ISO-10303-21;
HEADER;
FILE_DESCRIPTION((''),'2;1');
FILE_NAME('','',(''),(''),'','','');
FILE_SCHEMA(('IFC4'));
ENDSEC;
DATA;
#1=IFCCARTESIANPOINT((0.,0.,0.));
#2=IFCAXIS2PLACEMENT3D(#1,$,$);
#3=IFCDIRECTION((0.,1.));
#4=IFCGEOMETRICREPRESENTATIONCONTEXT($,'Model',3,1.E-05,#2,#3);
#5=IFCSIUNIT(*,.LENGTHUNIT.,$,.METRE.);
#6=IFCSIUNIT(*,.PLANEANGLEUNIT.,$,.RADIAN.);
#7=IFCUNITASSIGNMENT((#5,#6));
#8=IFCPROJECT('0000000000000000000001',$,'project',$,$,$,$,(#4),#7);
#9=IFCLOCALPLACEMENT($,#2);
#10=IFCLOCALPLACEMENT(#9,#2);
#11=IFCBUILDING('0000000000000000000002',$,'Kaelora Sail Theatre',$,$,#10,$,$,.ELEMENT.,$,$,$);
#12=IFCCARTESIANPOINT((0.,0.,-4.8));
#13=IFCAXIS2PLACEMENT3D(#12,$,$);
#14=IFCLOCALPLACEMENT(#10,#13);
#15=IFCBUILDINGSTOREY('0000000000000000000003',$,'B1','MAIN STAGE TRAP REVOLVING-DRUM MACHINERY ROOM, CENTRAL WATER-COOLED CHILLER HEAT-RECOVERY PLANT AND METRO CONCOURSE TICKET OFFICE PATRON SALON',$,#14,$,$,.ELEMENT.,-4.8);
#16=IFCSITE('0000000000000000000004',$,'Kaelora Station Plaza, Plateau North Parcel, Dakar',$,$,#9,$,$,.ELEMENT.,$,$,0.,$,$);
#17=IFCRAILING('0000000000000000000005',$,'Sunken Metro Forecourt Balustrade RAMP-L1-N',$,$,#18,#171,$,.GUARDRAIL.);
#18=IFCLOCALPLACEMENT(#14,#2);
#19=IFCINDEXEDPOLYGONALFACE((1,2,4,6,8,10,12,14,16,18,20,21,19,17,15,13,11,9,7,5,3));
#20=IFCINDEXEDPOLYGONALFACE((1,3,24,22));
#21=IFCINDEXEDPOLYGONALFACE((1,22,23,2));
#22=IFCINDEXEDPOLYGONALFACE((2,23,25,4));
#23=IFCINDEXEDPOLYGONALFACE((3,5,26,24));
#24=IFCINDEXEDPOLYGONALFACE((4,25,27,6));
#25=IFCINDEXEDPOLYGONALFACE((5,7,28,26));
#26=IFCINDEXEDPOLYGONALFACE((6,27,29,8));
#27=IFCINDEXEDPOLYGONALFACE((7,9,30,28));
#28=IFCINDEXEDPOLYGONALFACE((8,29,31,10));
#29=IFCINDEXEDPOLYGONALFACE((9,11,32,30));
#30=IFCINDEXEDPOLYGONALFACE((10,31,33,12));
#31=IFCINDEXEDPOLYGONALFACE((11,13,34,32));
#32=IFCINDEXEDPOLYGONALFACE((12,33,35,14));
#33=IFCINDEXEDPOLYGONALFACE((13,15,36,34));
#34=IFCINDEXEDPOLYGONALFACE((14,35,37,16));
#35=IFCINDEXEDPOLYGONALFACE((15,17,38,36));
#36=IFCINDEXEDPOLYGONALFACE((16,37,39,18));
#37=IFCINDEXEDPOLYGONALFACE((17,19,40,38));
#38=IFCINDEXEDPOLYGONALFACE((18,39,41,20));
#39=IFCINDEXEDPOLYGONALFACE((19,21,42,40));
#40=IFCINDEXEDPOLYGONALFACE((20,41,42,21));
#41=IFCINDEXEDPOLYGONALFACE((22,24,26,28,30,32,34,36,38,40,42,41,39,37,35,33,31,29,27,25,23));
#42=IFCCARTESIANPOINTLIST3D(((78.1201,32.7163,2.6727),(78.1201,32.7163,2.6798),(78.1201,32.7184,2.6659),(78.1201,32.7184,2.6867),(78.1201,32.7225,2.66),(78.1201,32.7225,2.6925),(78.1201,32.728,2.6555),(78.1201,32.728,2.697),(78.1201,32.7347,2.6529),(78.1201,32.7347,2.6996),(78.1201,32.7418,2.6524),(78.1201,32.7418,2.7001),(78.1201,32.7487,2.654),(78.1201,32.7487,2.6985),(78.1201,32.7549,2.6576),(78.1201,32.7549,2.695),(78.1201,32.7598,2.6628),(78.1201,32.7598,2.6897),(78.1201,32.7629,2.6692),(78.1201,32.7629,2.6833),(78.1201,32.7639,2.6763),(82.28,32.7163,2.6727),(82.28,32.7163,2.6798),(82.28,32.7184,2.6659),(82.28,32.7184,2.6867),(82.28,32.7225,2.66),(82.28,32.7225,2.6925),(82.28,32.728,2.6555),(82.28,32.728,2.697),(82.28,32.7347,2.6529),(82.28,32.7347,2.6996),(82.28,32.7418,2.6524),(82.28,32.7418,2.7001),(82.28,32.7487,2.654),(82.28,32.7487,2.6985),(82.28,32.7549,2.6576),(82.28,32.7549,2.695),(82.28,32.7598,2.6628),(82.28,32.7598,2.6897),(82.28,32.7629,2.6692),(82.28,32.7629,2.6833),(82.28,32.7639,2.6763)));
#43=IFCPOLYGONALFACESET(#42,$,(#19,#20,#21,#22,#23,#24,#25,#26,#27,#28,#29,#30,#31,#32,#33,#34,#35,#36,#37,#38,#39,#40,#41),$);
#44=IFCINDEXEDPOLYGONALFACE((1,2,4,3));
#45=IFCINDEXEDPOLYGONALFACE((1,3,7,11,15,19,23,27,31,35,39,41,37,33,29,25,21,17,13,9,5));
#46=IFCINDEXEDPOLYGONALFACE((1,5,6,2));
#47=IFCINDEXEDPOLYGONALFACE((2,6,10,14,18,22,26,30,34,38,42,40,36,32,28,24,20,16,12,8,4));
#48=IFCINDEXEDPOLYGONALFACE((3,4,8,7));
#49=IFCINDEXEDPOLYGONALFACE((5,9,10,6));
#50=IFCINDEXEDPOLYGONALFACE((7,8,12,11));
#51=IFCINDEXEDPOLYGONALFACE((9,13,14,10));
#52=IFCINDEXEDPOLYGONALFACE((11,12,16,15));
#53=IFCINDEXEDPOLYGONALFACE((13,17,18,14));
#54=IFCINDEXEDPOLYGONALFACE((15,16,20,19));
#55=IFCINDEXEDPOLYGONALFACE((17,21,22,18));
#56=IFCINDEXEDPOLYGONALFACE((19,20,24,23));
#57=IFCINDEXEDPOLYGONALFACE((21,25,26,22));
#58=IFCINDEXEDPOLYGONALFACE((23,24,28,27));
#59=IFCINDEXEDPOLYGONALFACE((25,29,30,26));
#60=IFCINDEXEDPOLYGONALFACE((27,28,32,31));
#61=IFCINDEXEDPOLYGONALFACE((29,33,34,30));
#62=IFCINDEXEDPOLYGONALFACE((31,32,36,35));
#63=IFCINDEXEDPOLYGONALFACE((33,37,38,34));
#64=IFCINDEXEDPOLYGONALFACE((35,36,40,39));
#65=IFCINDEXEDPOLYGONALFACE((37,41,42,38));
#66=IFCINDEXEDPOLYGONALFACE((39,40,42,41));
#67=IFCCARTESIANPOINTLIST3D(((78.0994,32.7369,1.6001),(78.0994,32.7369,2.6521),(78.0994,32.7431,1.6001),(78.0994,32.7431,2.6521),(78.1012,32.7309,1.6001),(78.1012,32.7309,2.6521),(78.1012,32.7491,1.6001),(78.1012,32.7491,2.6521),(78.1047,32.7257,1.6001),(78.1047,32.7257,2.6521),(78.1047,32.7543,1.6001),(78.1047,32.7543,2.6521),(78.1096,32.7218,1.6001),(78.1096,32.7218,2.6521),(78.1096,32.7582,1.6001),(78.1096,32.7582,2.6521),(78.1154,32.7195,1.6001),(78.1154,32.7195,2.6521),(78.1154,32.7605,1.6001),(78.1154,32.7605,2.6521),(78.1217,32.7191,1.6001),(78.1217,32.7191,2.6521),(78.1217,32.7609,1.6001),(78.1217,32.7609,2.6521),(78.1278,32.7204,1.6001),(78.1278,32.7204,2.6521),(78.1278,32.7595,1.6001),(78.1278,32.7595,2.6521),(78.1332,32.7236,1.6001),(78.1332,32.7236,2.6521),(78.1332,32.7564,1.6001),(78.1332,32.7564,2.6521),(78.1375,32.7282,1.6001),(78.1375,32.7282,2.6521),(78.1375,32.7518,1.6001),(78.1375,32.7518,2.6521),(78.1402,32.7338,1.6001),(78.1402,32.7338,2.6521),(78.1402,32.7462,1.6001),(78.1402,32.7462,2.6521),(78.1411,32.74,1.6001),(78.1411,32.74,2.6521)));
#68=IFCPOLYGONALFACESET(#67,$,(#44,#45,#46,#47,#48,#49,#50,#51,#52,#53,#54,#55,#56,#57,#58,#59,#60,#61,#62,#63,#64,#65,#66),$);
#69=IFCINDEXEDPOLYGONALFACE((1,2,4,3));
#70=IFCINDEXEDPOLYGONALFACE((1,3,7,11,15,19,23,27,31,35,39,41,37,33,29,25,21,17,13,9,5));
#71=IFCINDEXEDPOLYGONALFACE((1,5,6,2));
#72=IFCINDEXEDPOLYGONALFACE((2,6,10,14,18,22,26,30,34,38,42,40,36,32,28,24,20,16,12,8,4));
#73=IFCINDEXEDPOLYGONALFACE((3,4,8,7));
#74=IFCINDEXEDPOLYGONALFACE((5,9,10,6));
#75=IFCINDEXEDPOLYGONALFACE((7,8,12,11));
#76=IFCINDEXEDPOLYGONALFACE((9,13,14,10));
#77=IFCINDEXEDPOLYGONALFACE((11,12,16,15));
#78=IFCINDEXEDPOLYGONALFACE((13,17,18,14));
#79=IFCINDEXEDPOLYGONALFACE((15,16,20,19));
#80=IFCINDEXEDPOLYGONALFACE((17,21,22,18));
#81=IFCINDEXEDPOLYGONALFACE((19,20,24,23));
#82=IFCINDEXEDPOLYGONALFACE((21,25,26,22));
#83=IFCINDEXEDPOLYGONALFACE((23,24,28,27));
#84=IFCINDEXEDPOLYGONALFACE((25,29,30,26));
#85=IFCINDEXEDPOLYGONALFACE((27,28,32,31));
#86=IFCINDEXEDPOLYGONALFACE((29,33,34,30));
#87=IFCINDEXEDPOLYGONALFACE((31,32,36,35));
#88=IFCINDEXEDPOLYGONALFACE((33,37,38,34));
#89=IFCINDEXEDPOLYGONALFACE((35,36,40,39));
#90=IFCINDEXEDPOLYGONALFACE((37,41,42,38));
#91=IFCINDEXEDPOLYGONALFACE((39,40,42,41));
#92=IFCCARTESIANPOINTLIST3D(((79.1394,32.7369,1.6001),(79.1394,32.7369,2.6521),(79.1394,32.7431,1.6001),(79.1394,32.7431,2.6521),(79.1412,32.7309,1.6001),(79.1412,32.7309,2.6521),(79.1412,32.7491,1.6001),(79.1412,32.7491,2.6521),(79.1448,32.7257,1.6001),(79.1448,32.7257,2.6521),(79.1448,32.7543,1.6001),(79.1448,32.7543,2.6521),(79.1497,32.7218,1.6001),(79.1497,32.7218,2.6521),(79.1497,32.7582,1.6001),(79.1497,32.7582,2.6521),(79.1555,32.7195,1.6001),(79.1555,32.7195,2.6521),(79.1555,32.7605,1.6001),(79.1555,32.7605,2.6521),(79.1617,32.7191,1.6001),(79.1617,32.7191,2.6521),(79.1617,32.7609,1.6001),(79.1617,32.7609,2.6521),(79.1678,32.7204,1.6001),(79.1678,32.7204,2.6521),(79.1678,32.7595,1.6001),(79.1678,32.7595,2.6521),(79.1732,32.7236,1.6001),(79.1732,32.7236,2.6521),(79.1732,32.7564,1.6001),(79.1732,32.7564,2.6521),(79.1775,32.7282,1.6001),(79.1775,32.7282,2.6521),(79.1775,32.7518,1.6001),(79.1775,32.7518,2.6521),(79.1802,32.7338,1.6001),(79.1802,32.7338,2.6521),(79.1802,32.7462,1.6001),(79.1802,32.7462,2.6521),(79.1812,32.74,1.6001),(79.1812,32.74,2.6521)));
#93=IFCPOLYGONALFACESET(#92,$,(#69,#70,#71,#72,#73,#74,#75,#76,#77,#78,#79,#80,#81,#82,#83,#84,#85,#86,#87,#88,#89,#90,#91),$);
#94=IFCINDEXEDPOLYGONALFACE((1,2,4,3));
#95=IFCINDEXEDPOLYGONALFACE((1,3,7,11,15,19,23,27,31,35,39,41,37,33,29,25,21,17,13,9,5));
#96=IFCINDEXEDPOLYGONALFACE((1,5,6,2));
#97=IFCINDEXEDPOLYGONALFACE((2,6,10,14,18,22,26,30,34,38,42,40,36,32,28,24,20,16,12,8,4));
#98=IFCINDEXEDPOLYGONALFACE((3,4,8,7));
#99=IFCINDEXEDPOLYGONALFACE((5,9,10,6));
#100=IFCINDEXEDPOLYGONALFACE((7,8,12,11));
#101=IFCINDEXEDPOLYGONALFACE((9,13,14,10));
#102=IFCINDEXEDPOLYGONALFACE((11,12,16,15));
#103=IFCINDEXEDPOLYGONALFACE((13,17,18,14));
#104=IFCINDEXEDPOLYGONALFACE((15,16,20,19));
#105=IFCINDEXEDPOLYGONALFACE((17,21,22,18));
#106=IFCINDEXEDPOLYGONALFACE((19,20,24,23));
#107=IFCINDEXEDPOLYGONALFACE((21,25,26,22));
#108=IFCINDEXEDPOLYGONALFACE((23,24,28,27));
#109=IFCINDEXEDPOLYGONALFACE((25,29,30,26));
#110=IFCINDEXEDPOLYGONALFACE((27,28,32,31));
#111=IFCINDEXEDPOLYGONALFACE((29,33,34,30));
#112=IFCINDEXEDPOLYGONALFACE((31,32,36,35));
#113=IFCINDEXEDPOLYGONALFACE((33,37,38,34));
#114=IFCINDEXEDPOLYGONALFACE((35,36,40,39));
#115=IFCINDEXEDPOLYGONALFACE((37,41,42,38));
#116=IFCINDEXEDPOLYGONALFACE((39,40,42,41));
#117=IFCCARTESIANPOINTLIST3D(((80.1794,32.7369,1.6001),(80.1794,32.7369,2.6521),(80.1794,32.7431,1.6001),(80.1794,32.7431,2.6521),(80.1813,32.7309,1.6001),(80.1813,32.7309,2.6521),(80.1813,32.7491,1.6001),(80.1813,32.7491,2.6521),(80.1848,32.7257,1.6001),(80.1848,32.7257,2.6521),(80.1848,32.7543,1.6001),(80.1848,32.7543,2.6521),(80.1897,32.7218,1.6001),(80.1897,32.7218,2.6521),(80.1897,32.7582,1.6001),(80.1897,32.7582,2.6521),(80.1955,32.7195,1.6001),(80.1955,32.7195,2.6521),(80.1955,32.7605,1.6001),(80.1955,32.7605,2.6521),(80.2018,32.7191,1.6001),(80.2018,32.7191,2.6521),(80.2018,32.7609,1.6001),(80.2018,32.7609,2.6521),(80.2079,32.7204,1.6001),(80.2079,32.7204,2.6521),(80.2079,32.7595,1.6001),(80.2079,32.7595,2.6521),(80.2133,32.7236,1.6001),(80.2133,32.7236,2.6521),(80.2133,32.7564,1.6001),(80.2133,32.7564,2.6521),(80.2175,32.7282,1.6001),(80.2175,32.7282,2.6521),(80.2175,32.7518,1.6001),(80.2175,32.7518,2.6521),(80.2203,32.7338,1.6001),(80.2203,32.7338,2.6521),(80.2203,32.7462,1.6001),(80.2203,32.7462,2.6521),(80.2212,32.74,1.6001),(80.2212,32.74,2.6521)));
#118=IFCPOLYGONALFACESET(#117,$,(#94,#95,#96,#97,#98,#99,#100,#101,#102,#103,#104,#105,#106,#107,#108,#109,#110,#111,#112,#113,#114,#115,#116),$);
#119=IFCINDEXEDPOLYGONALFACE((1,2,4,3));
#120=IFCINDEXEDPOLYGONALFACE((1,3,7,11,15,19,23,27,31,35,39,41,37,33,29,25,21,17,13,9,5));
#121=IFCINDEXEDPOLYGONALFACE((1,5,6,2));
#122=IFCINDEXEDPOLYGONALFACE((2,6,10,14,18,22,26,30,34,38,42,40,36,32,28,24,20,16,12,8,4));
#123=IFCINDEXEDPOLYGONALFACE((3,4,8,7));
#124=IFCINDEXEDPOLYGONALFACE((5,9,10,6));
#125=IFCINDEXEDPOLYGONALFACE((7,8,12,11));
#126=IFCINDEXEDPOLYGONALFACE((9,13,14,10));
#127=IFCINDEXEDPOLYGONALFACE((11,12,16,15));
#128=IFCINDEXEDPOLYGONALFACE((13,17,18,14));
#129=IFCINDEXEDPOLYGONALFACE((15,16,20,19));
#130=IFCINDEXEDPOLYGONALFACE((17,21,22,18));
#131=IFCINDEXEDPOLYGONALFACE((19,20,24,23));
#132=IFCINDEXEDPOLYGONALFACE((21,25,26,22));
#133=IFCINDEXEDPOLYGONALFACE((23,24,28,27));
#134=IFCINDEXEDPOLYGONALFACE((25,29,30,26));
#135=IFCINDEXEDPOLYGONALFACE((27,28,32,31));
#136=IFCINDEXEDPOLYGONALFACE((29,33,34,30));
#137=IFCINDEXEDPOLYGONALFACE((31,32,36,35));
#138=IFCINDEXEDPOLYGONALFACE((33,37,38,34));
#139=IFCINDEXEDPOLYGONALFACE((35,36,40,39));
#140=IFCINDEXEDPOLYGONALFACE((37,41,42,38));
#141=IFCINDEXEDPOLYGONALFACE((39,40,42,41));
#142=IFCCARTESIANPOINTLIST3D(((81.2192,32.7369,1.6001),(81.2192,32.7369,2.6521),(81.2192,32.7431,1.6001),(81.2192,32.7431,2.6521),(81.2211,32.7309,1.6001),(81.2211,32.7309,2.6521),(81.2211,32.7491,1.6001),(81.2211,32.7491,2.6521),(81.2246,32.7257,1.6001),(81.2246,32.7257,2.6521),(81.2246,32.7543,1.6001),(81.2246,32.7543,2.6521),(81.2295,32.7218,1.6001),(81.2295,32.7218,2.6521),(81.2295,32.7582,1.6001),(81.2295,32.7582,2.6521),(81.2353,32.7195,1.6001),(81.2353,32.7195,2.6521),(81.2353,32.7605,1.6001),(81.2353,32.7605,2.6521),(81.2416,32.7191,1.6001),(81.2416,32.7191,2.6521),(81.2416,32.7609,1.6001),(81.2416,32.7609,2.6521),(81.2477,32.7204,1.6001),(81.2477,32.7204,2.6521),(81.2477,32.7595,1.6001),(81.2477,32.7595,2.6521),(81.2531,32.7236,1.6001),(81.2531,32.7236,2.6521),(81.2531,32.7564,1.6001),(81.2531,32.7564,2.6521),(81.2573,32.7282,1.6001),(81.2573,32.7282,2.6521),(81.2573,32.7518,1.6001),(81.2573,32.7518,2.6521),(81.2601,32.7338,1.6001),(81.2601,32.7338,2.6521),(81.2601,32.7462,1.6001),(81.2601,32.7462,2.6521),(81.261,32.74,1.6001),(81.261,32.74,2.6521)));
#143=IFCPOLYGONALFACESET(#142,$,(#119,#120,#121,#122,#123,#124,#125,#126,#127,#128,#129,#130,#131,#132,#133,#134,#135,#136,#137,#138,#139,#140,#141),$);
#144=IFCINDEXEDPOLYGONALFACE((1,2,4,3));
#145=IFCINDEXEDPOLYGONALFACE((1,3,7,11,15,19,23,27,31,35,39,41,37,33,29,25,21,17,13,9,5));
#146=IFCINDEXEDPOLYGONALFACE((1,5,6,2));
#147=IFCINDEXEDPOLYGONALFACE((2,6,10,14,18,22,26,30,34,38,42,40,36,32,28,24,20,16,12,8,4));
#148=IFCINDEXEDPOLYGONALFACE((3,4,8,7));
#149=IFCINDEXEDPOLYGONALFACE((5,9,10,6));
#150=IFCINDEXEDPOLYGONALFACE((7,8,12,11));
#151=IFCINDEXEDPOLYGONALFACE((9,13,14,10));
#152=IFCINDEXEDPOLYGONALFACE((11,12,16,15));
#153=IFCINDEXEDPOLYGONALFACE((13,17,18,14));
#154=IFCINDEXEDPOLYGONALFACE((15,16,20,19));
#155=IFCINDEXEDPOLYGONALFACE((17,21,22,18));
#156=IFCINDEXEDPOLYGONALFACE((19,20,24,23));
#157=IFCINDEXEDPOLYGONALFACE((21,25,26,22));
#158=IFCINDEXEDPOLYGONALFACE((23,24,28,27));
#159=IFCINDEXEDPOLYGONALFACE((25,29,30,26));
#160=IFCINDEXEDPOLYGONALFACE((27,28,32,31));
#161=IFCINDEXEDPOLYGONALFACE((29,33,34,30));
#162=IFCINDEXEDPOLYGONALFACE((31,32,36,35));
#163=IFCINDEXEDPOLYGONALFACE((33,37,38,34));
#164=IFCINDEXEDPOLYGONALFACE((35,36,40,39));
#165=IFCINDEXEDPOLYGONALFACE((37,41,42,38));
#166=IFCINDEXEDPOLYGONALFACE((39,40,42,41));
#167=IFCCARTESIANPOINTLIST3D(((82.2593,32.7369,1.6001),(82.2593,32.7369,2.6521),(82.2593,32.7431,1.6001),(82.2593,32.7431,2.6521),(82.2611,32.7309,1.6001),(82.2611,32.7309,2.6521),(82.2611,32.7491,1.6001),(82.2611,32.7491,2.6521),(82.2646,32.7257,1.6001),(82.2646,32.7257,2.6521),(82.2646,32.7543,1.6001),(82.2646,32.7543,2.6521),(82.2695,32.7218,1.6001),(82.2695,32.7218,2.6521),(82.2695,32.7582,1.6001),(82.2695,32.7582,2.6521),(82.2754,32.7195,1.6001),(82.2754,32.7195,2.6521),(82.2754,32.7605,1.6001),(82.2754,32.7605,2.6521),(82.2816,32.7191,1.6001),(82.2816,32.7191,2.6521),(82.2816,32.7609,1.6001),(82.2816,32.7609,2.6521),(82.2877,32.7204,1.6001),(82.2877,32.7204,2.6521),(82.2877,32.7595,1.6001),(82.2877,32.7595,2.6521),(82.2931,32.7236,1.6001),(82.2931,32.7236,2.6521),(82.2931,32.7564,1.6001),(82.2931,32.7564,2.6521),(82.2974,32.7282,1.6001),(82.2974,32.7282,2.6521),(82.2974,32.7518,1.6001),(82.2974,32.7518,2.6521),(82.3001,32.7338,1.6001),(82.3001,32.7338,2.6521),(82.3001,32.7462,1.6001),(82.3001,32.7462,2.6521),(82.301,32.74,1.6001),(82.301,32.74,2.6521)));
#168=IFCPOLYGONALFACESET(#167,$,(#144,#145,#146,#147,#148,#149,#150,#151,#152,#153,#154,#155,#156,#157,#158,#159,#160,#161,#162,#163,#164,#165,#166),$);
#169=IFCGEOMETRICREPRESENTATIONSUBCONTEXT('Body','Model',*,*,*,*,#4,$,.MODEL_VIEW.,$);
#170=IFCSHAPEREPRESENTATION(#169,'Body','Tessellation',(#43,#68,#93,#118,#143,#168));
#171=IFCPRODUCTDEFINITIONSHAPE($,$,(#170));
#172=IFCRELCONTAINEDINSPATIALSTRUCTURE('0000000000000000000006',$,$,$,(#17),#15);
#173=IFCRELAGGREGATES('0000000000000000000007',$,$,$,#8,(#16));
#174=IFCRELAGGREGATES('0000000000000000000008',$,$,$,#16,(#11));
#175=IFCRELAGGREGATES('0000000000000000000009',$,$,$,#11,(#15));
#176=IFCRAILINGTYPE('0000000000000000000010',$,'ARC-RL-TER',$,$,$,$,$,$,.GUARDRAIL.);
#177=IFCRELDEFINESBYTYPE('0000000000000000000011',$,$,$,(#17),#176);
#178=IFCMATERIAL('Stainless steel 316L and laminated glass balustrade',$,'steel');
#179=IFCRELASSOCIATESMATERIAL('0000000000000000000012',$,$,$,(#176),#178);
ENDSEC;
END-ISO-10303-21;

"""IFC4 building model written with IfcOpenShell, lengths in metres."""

from ifc_helpers import new_model, si_unit, direction, frame, origin, origin_2d, place, context, subcontext, project, spatial, circle, extrude, material, type_object, element, save


model = new_model("IFC4")

# Units and contexts
model_context = context("Model", 3, precision=1e-05, world=origin(), true_north=direction((0.0, 1.0)))
body_context = subcontext(model_context, "Body", "Model", "MODEL_VIEW")
ifc_project = project(units=[si_unit("LENGTHUNIT", "METRE"), si_unit("PLANEANGLEUNIT", "RADIAN")], contexts=[model_context])

# Site, building, storey
site_placement = place(None, origin())
site = spatial("IfcSite", under=ifc_project, at=site_placement, Name="Kaelora Station Plaza, Plateau North Parcel, Dakar", CompositionType="ELEMENT", RefElevation=0.0)
building_placement = place(site_placement, origin())
building = spatial("IfcBuilding", under=site, at=building_placement, Name="Kaelora Sail Theatre", CompositionType="ELEMENT")
storey_placement = place(building_placement, frame((0.0, 0.0, -4.8)))
storey = spatial("IfcBuildingStorey", under=building, at=storey_placement, Name="B1", Description="MAIN STAGE TRAP REVOLVING-DRUM MACHINERY ROOM, CENTRAL WATER-COOLED CHILLER HEAT-RECOVERY PLANT AND METRO CONCOURSE TICKET OFFICE PATRON SALON", CompositionType="ELEMENT", Elevation=-4.8)

# Railing
ifc_material_1 = material(Name="Stainless steel 316L and laminated glass balustrade", Category="steel")
railing_type = type_object("IfcRailingType", Name="ARC-RL-TER", PredefinedType="GUARDRAIL", material=ifc_material_1)
railing_1_placement = place(storey_placement, frame((78.1201, 32.74, 1.6001)))
element("IfcRailing", 1, at=railing_1_placement, inside=storey, type_object=railing_type, Name="Sunken Metro Forecourt Balustrade RAMP-L1-N", PredefinedType="GUARDRAIL", context=body_context, shape_type="SweptSolid", body=[
    extrude(circle(Radius=0.0239, at=origin_2d()), frame((0.0, 0.0, 1.0762), z_axis=(1.0, 0.0, 0.0), x_axis=(0.0, 1.0, 0.0)), (0.0, 0.0, 1.0), 4.1599),
    extrude(circle(Radius=0.021, at=origin_2d()), origin(), (0.0, 0.0, 1.0), 1.052),
    extrude(circle(Radius=0.021, at=origin_2d()), frame((1.04, 0.0, 0.0)), (0.0, 0.0, 1.0), 1.052),
    extrude(circle(Radius=0.021, at=origin_2d()), frame((2.0801, 0.0, 0.0)), (0.0, 0.0, 1.0), 1.052),
    extrude(circle(Radius=0.021, at=origin_2d()), frame((3.1199, 0.0, 0.0)), (0.0, 0.0, 1.0), 1.052),
    extrude(circle(Radius=0.021, at=origin_2d()), frame((4.1599, 0.0, 0.0)), (0.0, 0.0, 1.0), 1.052),
])

save(model, "model.ifc")
